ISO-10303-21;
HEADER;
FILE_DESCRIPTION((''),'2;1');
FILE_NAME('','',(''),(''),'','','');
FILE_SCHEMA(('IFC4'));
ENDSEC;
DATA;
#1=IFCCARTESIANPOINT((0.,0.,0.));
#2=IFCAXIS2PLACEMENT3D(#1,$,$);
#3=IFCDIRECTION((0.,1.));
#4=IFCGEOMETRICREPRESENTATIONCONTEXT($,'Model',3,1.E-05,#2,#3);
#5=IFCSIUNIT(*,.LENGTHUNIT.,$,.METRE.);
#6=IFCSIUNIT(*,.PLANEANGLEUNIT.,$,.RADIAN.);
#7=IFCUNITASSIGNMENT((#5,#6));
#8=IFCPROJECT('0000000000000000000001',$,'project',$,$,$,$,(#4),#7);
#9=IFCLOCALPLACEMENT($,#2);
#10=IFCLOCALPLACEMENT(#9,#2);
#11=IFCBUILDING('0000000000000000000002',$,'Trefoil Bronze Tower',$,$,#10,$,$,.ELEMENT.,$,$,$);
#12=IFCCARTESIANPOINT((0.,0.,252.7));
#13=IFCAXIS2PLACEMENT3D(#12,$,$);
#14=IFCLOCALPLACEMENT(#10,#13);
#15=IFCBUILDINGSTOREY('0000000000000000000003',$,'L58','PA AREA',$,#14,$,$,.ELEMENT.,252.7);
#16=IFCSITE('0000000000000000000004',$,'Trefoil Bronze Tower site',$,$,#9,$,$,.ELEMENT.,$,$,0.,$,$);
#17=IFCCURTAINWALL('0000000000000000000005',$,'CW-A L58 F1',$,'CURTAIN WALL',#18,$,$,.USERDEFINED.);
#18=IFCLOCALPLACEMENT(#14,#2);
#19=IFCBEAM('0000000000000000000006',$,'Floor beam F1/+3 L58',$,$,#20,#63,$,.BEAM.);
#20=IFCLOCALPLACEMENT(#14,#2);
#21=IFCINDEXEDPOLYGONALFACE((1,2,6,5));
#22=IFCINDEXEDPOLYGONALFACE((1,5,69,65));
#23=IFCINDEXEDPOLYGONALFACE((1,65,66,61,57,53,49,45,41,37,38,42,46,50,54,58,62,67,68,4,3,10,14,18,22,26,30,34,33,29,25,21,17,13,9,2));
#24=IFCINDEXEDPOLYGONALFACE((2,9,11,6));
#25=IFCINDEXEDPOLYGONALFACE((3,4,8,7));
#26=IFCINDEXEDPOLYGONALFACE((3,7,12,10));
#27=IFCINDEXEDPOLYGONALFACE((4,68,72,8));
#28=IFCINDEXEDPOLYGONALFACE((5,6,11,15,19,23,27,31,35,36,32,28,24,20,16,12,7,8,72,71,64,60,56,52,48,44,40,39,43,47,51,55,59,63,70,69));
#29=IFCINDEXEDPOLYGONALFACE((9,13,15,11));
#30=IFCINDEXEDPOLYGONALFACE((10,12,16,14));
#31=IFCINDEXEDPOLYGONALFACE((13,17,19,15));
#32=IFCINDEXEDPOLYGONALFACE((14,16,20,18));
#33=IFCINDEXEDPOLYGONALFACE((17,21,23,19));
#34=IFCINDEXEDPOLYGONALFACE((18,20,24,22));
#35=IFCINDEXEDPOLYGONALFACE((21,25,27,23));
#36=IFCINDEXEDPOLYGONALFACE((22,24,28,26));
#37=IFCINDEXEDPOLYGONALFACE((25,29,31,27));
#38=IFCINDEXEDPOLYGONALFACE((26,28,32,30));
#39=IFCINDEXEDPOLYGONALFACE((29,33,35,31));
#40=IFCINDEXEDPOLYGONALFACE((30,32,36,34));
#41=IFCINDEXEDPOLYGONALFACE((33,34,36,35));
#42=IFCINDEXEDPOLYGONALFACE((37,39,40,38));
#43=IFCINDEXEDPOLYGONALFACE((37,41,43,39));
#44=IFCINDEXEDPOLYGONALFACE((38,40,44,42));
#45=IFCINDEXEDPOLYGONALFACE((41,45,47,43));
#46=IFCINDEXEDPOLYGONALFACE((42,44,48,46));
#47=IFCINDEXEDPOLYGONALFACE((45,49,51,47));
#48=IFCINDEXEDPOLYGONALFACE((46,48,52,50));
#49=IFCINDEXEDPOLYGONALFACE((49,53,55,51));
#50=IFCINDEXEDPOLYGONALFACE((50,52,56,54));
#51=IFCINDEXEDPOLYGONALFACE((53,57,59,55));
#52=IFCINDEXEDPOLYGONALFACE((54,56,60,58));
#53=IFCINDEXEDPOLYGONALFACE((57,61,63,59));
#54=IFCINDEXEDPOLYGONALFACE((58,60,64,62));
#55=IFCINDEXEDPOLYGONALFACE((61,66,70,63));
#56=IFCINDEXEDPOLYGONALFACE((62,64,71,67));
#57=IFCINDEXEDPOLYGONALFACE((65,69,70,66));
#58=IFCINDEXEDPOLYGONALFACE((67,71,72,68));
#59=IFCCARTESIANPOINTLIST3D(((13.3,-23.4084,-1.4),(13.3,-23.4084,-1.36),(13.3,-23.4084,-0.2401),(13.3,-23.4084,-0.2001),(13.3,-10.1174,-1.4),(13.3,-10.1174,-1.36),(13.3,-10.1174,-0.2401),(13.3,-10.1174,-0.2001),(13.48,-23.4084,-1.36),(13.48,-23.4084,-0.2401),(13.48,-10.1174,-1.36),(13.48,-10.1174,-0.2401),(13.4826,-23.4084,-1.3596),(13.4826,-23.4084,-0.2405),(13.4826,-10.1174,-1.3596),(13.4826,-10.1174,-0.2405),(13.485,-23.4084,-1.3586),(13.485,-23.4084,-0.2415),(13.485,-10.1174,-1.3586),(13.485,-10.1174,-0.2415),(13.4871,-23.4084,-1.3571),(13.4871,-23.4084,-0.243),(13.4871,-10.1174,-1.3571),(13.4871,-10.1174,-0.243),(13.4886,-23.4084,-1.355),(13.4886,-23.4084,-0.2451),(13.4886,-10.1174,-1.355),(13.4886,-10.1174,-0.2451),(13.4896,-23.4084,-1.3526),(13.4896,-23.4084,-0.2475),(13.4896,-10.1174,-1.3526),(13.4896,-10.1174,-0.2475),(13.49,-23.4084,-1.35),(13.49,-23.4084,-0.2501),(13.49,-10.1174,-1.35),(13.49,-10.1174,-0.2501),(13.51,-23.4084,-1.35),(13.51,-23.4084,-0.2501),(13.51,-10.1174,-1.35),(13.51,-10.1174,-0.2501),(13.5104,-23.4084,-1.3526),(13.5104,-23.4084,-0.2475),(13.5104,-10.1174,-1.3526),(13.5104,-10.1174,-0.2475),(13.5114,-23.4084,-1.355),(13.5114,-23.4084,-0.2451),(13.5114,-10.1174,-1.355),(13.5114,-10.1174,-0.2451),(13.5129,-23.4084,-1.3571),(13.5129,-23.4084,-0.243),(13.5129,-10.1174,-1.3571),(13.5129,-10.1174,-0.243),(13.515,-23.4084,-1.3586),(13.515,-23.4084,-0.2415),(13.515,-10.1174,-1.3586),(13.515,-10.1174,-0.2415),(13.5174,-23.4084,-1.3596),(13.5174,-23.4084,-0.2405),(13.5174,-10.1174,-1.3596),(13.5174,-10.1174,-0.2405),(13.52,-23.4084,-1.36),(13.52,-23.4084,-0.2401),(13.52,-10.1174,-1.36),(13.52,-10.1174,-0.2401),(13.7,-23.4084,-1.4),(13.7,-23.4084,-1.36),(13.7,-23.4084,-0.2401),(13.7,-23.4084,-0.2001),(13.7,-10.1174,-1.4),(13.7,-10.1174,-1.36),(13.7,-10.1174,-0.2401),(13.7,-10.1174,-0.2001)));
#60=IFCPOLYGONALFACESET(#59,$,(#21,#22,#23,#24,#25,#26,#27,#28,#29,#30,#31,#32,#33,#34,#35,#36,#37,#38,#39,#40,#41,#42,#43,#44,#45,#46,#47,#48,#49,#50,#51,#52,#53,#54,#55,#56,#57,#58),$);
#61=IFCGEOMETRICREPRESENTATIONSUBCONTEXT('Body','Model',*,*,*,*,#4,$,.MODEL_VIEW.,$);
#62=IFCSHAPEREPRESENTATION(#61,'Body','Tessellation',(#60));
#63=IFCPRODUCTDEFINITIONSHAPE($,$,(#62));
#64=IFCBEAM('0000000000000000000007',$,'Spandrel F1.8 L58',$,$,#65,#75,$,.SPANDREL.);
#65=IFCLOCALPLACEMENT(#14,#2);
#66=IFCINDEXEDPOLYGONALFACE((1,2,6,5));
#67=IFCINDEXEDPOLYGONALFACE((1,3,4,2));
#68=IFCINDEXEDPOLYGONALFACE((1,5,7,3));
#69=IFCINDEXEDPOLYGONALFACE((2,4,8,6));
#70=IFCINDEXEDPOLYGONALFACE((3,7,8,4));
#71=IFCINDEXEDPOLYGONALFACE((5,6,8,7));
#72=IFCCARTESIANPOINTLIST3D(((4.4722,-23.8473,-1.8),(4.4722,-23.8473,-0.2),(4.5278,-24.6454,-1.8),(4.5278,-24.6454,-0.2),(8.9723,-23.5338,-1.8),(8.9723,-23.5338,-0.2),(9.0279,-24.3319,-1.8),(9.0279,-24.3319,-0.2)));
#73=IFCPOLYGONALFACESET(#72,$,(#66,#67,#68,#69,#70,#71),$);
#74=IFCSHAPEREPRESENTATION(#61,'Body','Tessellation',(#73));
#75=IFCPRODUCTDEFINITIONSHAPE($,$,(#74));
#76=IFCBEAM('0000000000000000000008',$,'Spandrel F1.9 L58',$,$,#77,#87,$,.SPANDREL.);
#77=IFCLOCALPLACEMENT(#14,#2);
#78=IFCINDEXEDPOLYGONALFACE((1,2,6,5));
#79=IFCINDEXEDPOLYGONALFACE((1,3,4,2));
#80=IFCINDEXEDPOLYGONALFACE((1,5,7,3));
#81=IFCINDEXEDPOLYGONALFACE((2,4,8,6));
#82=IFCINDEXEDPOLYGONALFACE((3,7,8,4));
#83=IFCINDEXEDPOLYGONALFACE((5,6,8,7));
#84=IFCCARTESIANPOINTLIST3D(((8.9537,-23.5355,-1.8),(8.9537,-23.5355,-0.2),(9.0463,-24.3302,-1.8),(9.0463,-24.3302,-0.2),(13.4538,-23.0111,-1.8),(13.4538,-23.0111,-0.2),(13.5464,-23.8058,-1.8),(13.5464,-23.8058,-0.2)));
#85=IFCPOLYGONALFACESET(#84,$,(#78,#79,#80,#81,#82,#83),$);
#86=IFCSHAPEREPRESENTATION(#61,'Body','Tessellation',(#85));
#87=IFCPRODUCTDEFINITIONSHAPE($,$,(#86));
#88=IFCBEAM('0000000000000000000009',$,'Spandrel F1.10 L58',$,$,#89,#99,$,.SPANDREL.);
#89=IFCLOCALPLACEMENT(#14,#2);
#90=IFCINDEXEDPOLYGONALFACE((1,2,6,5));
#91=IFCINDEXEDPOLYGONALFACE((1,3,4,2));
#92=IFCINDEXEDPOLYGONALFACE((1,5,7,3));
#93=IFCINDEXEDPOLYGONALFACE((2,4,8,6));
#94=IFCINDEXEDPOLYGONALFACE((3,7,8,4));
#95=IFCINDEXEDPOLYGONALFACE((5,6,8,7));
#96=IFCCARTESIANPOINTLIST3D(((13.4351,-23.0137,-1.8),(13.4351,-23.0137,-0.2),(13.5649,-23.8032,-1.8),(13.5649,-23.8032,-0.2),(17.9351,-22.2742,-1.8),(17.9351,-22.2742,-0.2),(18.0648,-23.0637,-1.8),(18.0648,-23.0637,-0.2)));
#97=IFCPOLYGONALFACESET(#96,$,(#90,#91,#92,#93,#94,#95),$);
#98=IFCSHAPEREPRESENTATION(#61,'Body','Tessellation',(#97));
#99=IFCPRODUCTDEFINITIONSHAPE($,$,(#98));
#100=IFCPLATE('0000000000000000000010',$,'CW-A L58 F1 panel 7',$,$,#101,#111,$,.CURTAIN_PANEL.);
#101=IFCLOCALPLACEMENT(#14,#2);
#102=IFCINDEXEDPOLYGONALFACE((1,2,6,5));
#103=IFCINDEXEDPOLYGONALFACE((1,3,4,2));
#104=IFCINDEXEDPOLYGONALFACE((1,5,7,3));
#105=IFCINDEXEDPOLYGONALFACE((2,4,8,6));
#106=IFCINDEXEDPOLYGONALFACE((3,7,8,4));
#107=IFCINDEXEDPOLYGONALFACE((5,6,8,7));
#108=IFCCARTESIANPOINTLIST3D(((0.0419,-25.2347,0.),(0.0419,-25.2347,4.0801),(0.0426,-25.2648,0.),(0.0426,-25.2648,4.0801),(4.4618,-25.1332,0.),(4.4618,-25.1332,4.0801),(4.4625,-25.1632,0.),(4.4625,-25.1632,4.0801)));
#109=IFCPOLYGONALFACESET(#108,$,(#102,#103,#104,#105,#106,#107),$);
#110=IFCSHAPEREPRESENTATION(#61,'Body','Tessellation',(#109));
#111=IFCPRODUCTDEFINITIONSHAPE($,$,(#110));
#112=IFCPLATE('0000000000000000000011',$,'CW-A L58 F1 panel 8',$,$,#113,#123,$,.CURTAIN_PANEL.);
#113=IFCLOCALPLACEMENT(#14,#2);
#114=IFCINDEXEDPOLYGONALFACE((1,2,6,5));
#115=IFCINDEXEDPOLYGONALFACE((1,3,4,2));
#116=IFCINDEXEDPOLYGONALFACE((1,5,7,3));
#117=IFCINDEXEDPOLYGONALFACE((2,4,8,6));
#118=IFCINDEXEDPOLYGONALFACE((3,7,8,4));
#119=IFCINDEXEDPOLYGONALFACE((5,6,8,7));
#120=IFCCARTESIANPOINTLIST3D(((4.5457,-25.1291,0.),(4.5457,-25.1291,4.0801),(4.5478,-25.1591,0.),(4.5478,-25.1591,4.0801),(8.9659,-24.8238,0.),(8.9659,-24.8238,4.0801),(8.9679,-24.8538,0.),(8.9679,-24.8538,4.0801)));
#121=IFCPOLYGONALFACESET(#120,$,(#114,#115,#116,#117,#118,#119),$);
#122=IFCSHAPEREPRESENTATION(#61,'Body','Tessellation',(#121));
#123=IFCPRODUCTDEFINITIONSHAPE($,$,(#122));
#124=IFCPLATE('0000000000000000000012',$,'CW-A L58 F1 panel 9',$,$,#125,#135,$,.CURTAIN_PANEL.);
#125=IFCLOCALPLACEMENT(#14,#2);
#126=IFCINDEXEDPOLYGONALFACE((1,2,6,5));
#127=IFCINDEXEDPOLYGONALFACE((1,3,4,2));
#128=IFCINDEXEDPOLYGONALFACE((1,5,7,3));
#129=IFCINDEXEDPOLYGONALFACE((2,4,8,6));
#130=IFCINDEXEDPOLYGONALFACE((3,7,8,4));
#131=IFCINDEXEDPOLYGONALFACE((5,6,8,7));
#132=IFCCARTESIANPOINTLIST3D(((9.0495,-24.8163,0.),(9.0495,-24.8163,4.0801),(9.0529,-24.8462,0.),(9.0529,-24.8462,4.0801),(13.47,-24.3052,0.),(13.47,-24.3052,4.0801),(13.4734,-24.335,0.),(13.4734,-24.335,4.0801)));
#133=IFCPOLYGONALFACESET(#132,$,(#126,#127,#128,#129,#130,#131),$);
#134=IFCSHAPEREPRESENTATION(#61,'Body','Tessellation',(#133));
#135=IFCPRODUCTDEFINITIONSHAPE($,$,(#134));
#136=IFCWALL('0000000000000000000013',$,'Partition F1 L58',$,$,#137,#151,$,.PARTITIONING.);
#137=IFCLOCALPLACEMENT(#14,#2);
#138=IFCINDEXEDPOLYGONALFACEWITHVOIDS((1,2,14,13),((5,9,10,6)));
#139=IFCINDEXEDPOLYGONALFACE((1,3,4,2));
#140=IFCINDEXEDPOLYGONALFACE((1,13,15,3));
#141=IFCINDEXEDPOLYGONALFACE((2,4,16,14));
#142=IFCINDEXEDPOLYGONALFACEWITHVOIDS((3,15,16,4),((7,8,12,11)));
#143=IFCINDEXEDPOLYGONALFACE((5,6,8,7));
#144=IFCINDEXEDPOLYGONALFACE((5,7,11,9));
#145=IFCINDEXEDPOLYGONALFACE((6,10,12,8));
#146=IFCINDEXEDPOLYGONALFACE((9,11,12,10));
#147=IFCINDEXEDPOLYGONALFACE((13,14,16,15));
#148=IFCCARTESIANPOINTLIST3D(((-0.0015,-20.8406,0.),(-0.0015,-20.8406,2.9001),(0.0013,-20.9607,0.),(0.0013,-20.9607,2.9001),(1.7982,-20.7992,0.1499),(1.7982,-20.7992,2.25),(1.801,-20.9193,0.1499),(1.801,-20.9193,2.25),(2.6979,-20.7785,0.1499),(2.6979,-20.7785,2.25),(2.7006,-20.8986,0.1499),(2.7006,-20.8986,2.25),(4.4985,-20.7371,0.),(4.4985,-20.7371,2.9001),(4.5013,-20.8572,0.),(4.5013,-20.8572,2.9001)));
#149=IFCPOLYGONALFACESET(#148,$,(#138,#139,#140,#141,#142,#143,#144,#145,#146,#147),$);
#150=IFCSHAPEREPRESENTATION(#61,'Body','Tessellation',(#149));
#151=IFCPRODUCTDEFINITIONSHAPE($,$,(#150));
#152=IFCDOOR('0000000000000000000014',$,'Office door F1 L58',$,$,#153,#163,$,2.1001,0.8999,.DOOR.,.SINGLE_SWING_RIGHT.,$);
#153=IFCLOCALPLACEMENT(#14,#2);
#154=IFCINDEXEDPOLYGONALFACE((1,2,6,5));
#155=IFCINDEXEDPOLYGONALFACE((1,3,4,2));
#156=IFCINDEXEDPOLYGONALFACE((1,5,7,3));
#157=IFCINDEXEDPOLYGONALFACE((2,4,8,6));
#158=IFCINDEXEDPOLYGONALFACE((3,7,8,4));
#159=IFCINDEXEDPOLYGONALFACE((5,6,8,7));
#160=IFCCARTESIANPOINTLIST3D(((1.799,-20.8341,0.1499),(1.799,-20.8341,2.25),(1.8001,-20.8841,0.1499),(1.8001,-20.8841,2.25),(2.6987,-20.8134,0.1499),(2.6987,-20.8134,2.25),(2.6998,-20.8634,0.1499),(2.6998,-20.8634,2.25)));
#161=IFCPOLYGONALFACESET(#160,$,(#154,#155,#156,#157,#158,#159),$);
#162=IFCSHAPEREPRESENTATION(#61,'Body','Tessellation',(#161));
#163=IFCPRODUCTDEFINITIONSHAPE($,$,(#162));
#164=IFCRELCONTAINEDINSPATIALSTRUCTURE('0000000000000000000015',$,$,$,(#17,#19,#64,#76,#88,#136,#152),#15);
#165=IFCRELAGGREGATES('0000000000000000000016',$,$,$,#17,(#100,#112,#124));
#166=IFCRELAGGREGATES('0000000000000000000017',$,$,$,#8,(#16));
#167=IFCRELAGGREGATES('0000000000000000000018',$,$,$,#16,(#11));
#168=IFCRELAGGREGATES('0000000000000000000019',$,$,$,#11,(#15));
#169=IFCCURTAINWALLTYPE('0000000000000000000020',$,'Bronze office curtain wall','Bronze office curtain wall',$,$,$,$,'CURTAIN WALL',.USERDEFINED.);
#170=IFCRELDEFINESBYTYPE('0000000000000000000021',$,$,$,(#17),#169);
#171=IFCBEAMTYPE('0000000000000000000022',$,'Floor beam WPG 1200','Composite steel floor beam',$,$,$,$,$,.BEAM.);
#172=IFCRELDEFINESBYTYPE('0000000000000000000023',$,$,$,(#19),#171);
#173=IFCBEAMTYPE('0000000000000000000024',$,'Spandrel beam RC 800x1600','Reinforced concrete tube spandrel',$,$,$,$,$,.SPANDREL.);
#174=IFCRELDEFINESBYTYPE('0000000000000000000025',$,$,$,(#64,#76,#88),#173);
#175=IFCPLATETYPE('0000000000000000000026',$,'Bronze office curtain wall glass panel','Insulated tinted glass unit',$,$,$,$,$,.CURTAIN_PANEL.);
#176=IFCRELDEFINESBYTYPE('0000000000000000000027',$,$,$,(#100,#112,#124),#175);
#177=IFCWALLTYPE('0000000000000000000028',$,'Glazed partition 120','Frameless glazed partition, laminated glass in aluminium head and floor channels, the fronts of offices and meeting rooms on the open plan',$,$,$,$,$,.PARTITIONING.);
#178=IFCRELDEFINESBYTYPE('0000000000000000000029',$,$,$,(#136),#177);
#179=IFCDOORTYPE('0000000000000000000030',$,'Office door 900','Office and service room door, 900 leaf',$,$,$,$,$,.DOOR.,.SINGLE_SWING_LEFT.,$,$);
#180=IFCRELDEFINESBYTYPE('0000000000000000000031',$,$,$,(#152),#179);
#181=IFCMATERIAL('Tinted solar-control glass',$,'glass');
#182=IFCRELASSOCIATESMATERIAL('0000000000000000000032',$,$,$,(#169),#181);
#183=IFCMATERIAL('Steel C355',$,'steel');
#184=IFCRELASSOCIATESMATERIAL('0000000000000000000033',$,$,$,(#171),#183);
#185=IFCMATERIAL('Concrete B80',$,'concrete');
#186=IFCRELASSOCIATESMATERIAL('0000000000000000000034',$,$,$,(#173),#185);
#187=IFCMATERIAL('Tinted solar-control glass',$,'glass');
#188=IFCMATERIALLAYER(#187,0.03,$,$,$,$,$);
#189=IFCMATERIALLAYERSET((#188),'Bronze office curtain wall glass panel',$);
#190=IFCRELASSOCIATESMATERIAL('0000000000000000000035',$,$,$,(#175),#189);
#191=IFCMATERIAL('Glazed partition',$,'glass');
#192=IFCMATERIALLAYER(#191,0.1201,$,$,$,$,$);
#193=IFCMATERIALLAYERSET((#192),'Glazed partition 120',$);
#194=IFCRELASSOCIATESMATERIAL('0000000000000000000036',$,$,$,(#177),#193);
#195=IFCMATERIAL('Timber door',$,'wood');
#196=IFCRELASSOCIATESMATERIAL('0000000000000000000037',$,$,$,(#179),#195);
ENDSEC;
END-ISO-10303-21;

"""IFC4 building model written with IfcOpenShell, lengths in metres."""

from ifc_helpers import new_model, si_unit, direction, frame, frame_2d, origin, origin_2d, place, context, subcontext, project, spatial, rectangle, i_section, extrude, material, layer, layer_set, material_profile, profile_set, type_object, element, fill, aggregate, save


model = new_model("IFC4")

# Units and contexts
model_context = context("Model", 3, precision=1e-05, world=origin(), true_north=direction((0.0, 1.0)))
body_context = subcontext(model_context, "Body", "Model", "MODEL_VIEW")
ifc_project = project(units=[si_unit("LENGTHUNIT", "METRE"), si_unit("PLANEANGLEUNIT", "RADIAN")], contexts=[model_context])

# Site, building, storey
site_placement = place(None, origin())
site = spatial("IfcSite", under=ifc_project, at=site_placement, Name="Trefoil Bronze Tower site", CompositionType="ELEMENT", RefElevation=0.0)
building_placement = place(site_placement, origin())
building = spatial("IfcBuilding", under=site, at=building_placement, Name="Trefoil Bronze Tower", CompositionType="ELEMENT")
storey_placement = place(building_placement, frame((0.0, 0.0, 252.7)))
storey = spatial("IfcBuildingStorey", under=building, at=storey_placement, Name="L58", Description="PA AREA", CompositionType="ELEMENT", Elevation=252.7)

# Curtain wall
ifc_material_1 = material(Name="Tinted solar-control glass", Category="glass")
curtain_wall_type = type_object("IfcCurtainWallType", Name="Bronze office curtain wall", Description="Bronze office curtain wall", ElementType="CURTAIN WALL", PredefinedType="USERDEFINED", material=ifc_material_1)
curtain_wall_placement = place(storey_placement, origin())
curtain_wall = element("IfcCurtainWall", 1, at=curtain_wall_placement, inside=storey, type_object=curtain_wall_type, Name="CW-A L58 F1", ObjectType="CURTAIN WALL", PredefinedType="USERDEFINED")

# Beams
ifc_material_2 = material(Name="Steel C355", Category="steel")
ifc_material_profile_1 = material_profile(ifc_material_2, i_section(OverallWidth=0.3999, OverallDepth=1.2, WebThickness=0.02, FlangeThickness=0.04, FilletRadius=0.01, at=origin_2d()), Name="WPG 1200")
ifc_profile_set_1 = profile_set([ifc_material_profile_1], Name="Steel C355")
beam_type_1 = type_object("IfcBeamType", Name="Floor beam WPG 1200", Description="Composite steel floor beam", PredefinedType="BEAM", material=ifc_profile_set_1)
beam_1_placement = place(storey_placement, frame((13.5, -23.4084, -0.8), z_axis=(0.0, 1.0, 0.0), x_axis=(-1.0, 0.0, 0.0)))
element("IfcBeam", 2, at=beam_1_placement, inside=storey, type_object=beam_type_1, Name="Floor beam F1/+3 L58", PredefinedType="BEAM", context=body_context, shape_type="SweptSolid", body=[
    extrude(i_section(OverallWidth=0.3999, OverallDepth=1.2, WebThickness=0.02, FlangeThickness=0.04, FilletRadius=0.01, at=origin_2d()), origin(), (0.0, 0.0, 1.0), 13.291),
])
ifc_material_3 = material(Name="Concrete B80", Category="concrete")
ifc_material_profile_2 = material_profile(ifc_material_3, rectangle(XDim=0.8, YDim=1.6001, at=origin_2d()), Name="RC 800x1600")
ifc_profile_set_2 = profile_set([ifc_material_profile_2], Name="Concrete B80")
beam_type_2 = type_object("IfcBeamType", Name="Spandrel beam RC 800x1600", Description="Reinforced concrete tube spandrel", PredefinedType="SPANDREL", material=ifc_profile_set_2)
beam_2_placement = place(storey_placement, frame((4.5, -24.2463, -1.0), z_axis=(0.997582, 0.069493, 0.0), x_axis=(-0.069493, 0.997582, 0.0)))
element("IfcBeam", 3, at=beam_2_placement, inside=storey, type_object=beam_type_2, Name="Spandrel F1.8 L58", PredefinedType="SPANDREL", context=body_context, shape_type="SweptSolid", body=[
    extrude(rectangle(XDim=0.8, YDim=1.6001, at=origin_2d()), origin(), (0.0, 0.0, 1.0), 4.511),
])
beam_3_placement = place(storey_placement, frame((9.0, -23.9329, -1.0), z_axis=(0.993278, 0.115753, 0.0), x_axis=(-0.115753, 0.993278, 0.0)))
element("IfcBeam", 4, at=beam_3_placement, inside=storey, type_object=beam_type_2, Name="Spandrel F1.9 L58", PredefinedType="SPANDREL", context=body_context, shape_type="SweptSolid", body=[
    extrude(rectangle(XDim=0.8, YDim=1.6001, at=origin_2d()), origin(), (0.0, 0.0, 1.0), 4.5305),
])
beam_4_placement = place(storey_placement, frame((13.5, -23.4084, -1.0), z_axis=(0.986765, 0.162159, 0.0), x_axis=(-0.162159, 0.986765, 0.0)))
element("IfcBeam", 5, at=beam_4_placement, inside=storey, type_object=beam_type_2, Name="Spandrel F1.10 L58", PredefinedType="SPANDREL", context=body_context, shape_type="SweptSolid", body=[
    extrude(rectangle(XDim=0.8, YDim=1.6001, at=origin_2d()), origin(), (0.0, 0.0, 1.0), 4.5603),
])

# Plates
ifc_material_4 = material(Name="Tinted solar-control glass", Category="glass")
ifc_layer_1 = layer(ifc_material_4, 0.03)
ifc_layer_set_1 = layer_set([ifc_layer_1], Name="Bronze office curtain wall glass panel")
plate_type = type_object("IfcPlateType", Name="Bronze office curtain wall glass panel", Description="Insulated tinted glass unit", PredefinedType="CURTAIN_PANEL", material=ifc_layer_set_1)
plate_1_placement = place(storey_placement, frame((2.2522, -25.199, 0.0), z_axis=(0.0, 0.0, 1.0), x_axis=(0.999736, 0.022972, 0.0)))
plate_1 = element("IfcPlate", 6, at=plate_1_placement, type_object=plate_type, Name="CW-A L58 F1 panel 7", PredefinedType="CURTAIN_PANEL", context=body_context, shape_type="SweptSolid", body=[
    extrude(rectangle(XDim=4.4211, YDim=0.03, at=origin_2d()), origin(), (0.0, 0.0, 1.0), 4.0801),
])
plate_2_placement = place(storey_placement, frame((6.7568, -24.9915, 0.0), z_axis=(0.0, 0.0, 1.0), x_axis=(0.997623, 0.068915, 0.0)))
plate_2 = element("IfcPlate", 7, at=plate_2_placement, type_object=plate_type, Name="CW-A L58 F1 panel 8", PredefinedType="CURTAIN_PANEL", context=body_context, shape_type="SweptSolid", body=[
    extrude(rectangle(XDim=4.4307, YDim=0.03, at=origin_2d()), origin(), (0.0, 0.0, 1.0), 4.0801),
])
plate_3_placement = place(storey_placement, frame((11.2615, -24.5757, 0.0), z_axis=(0.0, 0.0, 1.0), x_axis=(0.993382, 0.114859, 0.0)))
plate_3 = element("IfcPlate", 8, at=plate_3_placement, type_object=plate_type, Name="CW-A L58 F1 panel 9", PredefinedType="CURTAIN_PANEL", context=body_context, shape_type="SweptSolid", body=[
    extrude(rectangle(XDim=4.45, YDim=0.03, at=origin_2d()), origin(), (0.0, 0.0, 1.0), 4.0801),
])
aggregate(curtain_wall, [plate_1, plate_2, plate_3])

# Wall, opening, door
ifc_material_5 = material(Name="Glazed partition", Category="glass")
ifc_layer_2 = layer(ifc_material_5, 0.1201)
ifc_layer_set_2 = layer_set([ifc_layer_2], Name="Glazed partition 120")
wall_type = type_object("IfcWallType", Name="Glazed partition 120", Description="Frameless glazed partition, laminated glass in aluminium head and floor channels, the fronts of offices and meeting rooms on the open plan", PredefinedType="PARTITIONING", material=ifc_layer_set_2)
wall_1_placement = place(storey_placement, frame((0.0, -20.9006, 0.0), z_axis=(0.0, 0.0, 1.0), x_axis=(0.999736, 0.022997, 0.0)))
wall_1 = element("IfcWall", 9, at=wall_1_placement, inside=storey, type_object=wall_type, Name="Partition F1 L58", PredefinedType="PARTITIONING", context=body_context, shape_type="SweptSolid", body=[
    extrude(rectangle(XDim=4.5012, YDim=0.1201, at=frame_2d((2.2505, 0.0))), origin(), (0.0, 0.0, 1.0), 2.9001),
])
opening_1_placement = place(wall_1_placement, frame((1.8, 0.0, 0.1499)))
opening_1 = element("IfcOpeningElement", 10, at=opening_1_placement, cuts=wall_1, PredefinedType="OPENING", context=body_context, shape_type="SweptSolid", body=[
    extrude(rectangle(XDim=0.8999, YDim=2.1001, at=frame_2d((0.45, 1.05))), frame((0.0, 0.0701, 0.0), z_axis=(0.0, -1.0, 0.0), x_axis=(1.0, 0.0, 0.0)), (0.0, 0.0, 1.0), 0.1401),
])
ifc_material_6 = material(Name="Timber door", Category="wood")
door_type_1 = type_object("IfcDoorType", Name="Office door 900", Description="Office and service room door, 900 leaf", OperationType="SINGLE_SWING_LEFT", PredefinedType="DOOR", material=ifc_material_6)
door_1_placement = place(opening_1_placement, frame((0.8999, 0.0, 0.0), z_axis=(0.0, 0.0, 1.0), x_axis=(-1.0, 0.0, 0.0)))
door_1 = element("IfcDoor", 11, at=door_1_placement, inside=storey, type_object=door_type_1, Name="Office door F1 L58", OperationType="SINGLE_SWING_RIGHT", OverallHeight=2.1001, OverallWidth=0.8999, PredefinedType="DOOR", context=body_context, shape_type="SweptSolid", body=[
    extrude(rectangle(XDim=0.8999, YDim=2.1001, at=frame_2d((0.45, 1.05))), frame((0.0, 0.0249, 0.0), z_axis=(0.0, -1.0, 0.0), x_axis=(1.0, 0.0, 0.0)), (0.0, 0.0, 1.0), 0.05),
])
fill(opening_1, door_1)

save(model, "model.ifc")
